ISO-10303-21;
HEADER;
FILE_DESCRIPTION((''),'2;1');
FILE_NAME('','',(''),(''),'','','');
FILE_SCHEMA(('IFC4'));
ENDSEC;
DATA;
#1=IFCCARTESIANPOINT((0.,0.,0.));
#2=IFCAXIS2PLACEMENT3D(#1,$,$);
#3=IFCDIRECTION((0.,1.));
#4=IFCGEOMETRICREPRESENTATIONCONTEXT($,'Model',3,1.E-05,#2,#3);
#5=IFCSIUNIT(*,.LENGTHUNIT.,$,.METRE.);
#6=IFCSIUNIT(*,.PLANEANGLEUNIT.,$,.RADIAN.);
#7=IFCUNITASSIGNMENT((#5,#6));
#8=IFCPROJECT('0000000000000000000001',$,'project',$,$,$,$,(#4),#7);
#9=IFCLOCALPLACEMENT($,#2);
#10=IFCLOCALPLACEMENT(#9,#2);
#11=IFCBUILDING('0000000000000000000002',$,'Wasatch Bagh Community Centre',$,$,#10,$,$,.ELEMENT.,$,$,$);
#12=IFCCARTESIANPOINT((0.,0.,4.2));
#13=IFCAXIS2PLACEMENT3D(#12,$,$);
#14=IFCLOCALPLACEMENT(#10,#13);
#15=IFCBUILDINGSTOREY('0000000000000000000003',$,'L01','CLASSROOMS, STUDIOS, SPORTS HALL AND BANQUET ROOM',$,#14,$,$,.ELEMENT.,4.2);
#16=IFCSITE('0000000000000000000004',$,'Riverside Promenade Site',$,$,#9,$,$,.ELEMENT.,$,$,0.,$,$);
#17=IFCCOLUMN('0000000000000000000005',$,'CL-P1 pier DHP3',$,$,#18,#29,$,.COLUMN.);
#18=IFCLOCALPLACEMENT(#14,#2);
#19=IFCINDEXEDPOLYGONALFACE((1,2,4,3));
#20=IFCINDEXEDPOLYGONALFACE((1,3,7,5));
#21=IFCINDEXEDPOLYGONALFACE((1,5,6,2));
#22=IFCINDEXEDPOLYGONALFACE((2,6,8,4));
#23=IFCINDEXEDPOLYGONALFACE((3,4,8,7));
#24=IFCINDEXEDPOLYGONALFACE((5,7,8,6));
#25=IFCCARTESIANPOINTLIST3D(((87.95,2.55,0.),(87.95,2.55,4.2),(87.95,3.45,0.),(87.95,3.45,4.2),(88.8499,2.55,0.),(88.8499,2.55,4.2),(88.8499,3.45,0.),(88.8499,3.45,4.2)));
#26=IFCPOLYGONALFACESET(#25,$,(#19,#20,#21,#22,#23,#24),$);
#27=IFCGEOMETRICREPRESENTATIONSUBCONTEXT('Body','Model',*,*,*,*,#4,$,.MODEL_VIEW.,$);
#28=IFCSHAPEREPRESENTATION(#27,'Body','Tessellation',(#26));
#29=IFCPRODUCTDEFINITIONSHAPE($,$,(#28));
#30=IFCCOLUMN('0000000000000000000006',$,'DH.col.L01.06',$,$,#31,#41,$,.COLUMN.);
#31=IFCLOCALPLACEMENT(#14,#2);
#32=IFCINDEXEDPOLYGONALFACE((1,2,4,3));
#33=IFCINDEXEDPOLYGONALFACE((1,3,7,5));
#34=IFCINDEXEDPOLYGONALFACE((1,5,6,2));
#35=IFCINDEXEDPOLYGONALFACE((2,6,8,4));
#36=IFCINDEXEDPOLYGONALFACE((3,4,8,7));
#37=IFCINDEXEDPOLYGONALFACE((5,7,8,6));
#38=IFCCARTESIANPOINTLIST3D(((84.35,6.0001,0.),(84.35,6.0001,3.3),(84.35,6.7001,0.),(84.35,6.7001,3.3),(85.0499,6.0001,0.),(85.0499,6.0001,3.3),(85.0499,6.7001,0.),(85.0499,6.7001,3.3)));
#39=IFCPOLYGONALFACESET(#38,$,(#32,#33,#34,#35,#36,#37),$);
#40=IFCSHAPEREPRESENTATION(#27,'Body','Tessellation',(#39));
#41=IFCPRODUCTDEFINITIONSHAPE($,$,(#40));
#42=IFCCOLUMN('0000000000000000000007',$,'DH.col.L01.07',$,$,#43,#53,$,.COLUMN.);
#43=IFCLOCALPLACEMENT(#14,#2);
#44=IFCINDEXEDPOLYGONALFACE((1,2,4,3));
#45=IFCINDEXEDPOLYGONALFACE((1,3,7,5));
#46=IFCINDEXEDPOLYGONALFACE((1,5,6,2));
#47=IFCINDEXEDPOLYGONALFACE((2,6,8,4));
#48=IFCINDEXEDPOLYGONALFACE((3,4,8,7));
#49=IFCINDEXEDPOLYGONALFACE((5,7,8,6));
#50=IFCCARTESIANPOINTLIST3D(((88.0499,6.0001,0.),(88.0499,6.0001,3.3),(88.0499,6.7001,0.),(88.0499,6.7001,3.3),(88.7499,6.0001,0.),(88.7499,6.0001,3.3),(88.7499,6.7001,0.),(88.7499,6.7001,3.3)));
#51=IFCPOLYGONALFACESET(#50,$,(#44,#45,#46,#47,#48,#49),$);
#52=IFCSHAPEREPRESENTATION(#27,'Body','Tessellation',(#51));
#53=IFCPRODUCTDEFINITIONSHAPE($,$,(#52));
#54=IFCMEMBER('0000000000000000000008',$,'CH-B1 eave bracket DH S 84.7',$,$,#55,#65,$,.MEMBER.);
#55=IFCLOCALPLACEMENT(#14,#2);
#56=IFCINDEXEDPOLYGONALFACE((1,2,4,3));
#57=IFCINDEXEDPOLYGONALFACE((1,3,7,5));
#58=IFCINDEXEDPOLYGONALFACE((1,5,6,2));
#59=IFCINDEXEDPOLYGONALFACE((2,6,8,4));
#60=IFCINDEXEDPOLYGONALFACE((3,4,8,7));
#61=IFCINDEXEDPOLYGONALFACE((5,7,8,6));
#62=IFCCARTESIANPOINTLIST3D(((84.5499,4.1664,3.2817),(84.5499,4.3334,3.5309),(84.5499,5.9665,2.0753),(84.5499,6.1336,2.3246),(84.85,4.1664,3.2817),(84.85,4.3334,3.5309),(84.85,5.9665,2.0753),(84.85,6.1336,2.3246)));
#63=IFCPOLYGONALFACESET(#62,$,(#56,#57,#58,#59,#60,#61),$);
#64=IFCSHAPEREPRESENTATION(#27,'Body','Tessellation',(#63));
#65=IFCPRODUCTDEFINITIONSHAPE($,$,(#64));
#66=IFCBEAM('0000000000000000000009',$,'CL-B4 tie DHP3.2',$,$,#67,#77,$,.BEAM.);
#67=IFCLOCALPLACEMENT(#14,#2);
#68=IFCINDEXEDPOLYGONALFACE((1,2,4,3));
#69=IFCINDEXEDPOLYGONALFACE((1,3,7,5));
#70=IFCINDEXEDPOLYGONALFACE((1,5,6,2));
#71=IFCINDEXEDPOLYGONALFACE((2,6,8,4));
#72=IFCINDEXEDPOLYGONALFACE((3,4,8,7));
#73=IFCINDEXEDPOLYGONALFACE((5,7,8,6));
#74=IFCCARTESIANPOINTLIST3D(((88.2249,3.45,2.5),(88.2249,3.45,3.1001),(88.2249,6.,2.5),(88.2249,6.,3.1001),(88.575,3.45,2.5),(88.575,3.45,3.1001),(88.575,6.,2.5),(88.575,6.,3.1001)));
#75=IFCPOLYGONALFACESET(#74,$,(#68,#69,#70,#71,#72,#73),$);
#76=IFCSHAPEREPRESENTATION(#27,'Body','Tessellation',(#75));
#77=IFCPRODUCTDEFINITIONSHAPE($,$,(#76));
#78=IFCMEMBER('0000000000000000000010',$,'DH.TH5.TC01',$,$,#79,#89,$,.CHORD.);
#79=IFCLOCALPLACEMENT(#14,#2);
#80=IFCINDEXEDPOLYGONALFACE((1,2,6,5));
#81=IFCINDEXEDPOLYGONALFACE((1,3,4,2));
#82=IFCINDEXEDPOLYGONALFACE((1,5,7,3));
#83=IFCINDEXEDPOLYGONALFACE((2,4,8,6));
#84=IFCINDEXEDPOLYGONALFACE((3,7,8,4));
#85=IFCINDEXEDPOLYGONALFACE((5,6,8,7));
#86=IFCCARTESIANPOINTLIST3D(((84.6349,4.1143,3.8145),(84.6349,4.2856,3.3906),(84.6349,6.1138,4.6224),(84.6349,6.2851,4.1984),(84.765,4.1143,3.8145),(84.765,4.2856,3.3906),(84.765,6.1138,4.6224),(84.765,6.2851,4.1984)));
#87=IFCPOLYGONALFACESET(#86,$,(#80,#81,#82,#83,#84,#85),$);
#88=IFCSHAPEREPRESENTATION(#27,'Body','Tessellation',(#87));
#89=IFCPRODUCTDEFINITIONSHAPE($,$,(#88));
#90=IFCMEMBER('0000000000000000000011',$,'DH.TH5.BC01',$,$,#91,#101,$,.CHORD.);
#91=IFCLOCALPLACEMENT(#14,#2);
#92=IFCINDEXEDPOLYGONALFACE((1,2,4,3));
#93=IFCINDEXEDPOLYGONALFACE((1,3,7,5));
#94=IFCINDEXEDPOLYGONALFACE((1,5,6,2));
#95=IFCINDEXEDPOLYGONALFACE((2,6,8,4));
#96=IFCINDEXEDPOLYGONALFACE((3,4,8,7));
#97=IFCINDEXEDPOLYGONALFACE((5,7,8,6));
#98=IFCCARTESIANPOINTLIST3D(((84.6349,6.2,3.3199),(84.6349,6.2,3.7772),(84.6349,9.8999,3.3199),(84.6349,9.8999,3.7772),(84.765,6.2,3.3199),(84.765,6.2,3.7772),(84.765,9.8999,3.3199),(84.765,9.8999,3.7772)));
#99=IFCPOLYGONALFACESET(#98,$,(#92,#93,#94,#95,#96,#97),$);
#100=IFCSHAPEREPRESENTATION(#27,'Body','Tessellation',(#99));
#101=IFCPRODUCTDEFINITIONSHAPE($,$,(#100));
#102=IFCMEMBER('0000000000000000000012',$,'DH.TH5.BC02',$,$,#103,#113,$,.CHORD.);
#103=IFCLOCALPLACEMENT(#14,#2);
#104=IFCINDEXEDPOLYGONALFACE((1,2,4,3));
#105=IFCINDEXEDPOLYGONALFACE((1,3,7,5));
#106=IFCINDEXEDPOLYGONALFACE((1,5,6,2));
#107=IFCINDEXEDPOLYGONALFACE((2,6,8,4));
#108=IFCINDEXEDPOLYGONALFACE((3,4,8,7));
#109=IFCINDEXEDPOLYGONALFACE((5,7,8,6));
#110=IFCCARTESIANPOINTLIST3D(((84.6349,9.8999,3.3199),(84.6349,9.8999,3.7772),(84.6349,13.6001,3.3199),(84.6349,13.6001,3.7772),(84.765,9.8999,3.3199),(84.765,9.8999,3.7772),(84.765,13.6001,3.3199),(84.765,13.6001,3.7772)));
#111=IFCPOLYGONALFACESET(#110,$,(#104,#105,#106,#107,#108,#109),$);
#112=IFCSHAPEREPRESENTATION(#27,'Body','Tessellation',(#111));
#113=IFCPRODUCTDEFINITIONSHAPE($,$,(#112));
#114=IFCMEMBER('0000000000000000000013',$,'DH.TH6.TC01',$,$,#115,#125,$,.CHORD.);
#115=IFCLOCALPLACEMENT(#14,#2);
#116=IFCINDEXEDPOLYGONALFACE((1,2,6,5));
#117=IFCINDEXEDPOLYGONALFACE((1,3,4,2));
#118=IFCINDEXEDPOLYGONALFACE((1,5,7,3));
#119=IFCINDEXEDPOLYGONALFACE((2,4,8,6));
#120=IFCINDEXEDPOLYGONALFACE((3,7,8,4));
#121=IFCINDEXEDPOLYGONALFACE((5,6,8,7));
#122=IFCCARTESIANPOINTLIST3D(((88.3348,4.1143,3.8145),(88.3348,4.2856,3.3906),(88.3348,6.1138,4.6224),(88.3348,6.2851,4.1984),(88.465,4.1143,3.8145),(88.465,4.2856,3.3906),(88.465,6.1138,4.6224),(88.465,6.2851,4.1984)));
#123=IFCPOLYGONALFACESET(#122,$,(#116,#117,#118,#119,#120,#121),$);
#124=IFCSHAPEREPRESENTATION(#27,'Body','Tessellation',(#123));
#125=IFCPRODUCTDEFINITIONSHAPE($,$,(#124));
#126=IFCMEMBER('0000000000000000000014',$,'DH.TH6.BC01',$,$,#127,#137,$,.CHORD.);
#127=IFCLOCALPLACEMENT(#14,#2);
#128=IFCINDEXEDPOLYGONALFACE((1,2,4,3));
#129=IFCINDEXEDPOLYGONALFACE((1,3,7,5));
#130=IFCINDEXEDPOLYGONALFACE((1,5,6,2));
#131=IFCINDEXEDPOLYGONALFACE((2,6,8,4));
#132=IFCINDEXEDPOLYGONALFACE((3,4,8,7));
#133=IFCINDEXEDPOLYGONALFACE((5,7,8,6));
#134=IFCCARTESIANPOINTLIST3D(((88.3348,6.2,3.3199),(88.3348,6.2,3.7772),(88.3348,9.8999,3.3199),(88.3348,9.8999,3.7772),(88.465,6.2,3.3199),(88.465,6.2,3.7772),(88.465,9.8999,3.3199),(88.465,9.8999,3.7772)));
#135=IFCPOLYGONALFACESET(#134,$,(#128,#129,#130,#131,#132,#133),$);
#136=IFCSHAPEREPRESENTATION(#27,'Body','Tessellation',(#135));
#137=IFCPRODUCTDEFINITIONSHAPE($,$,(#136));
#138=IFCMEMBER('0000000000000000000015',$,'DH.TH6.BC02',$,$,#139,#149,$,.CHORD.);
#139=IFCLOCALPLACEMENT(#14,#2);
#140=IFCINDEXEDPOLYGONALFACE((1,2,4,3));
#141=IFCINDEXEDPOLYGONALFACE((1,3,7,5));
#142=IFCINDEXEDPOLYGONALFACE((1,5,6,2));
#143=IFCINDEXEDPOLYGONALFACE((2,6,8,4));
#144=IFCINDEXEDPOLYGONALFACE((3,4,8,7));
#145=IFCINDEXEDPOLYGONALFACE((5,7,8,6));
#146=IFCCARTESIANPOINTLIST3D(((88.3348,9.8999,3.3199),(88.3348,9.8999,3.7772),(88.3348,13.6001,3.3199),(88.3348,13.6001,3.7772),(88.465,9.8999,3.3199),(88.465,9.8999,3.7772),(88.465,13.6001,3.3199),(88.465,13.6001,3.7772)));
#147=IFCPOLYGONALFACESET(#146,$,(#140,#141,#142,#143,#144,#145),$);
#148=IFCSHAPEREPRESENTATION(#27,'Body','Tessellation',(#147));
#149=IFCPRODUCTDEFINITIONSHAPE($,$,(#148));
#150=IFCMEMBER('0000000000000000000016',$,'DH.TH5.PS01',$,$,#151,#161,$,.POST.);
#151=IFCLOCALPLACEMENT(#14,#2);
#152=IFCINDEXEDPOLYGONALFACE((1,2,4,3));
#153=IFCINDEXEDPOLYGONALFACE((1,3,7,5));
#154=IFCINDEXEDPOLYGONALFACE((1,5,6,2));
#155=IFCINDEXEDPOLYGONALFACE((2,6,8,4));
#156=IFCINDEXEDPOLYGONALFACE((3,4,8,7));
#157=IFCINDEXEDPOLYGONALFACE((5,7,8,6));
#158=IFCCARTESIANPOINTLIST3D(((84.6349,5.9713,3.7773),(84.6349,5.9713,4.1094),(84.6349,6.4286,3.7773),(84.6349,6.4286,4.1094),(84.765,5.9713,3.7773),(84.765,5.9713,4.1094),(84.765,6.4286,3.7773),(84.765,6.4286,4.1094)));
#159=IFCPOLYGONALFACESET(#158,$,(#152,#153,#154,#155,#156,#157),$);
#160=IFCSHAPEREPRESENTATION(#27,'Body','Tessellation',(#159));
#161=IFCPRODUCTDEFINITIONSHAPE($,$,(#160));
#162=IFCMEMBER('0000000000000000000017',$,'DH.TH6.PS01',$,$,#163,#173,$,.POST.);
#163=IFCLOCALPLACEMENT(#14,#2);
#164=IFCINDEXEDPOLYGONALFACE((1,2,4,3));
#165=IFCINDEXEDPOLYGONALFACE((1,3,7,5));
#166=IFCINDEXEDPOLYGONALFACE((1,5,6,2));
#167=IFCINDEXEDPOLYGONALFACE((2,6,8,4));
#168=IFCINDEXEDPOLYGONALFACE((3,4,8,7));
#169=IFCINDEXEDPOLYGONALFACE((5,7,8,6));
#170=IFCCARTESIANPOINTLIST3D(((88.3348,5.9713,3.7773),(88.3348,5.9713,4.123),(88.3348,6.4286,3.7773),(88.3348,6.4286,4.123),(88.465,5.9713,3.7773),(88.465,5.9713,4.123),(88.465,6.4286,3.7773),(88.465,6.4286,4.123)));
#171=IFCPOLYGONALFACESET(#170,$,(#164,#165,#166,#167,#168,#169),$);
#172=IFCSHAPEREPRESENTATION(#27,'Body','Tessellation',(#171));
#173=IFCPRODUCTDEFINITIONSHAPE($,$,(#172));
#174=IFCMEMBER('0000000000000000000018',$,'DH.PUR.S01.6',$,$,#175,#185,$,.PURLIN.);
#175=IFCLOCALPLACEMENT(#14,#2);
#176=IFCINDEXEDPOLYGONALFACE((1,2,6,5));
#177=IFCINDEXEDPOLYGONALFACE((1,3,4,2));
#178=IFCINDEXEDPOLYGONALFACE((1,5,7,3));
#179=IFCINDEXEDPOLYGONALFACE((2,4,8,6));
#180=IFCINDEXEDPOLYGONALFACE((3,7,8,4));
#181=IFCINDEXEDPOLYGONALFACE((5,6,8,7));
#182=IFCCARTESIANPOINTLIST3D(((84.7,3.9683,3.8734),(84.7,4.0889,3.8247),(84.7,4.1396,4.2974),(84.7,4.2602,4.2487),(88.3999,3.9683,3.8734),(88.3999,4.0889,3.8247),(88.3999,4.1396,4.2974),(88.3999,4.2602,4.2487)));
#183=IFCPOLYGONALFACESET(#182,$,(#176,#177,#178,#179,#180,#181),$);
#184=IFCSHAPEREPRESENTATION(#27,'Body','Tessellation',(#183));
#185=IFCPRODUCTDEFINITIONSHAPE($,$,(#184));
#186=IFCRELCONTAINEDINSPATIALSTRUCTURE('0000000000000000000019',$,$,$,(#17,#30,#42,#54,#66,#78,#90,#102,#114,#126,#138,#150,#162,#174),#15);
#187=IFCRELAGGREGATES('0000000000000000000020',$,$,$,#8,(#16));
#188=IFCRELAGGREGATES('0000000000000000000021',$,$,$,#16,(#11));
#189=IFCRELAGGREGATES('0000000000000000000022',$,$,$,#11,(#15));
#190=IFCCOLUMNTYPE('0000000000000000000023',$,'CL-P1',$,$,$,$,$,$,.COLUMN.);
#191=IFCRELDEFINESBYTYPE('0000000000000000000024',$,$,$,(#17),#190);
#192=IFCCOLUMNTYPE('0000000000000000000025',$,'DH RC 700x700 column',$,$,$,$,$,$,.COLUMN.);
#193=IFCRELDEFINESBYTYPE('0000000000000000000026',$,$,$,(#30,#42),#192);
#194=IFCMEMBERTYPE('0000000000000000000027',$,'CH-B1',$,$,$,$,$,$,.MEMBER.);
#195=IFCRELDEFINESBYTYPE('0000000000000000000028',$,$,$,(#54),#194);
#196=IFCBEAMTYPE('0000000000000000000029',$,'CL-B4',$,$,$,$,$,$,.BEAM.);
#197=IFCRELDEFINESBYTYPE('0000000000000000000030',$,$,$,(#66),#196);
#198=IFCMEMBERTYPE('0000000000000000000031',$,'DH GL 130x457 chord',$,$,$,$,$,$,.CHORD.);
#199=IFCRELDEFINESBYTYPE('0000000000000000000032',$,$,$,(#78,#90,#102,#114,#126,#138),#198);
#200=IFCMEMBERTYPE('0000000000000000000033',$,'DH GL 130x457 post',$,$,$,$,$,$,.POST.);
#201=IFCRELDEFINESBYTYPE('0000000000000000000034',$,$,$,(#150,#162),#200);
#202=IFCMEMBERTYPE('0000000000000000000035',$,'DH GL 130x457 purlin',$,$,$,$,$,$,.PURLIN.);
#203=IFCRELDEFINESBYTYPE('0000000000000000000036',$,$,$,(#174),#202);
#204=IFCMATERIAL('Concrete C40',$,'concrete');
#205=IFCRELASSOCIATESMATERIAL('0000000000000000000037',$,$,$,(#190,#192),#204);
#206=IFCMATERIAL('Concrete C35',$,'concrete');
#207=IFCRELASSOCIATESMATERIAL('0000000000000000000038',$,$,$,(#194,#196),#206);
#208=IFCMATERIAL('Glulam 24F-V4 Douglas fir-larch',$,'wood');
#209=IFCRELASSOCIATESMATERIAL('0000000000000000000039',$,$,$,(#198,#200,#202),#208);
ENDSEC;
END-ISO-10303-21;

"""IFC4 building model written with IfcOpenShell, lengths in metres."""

from ifc_helpers import new_model, si_unit, direction, frame, origin, origin_2d, place, context, subcontext, project, spatial, rectangle, extrude, material, material_profile, profile_set, type_object, element, save


model = new_model("IFC4")

# Units and contexts
model_context = context("Model", 3, precision=1e-05, world=origin(), true_north=direction((0.0, 1.0)))
body_context = subcontext(model_context, "Body", "Model", "MODEL_VIEW")
ifc_project = project(units=[si_unit("LENGTHUNIT", "METRE"), si_unit("PLANEANGLEUNIT", "RADIAN")], contexts=[model_context])

# Site, building, storey
site_placement = place(None, origin())
site = spatial("IfcSite", under=ifc_project, at=site_placement, Name="Riverside Promenade Site", CompositionType="ELEMENT", RefElevation=0.0)
building_placement = place(site_placement, origin())
building = spatial("IfcBuilding", under=site, at=building_placement, Name="Wasatch Bagh Community Centre", CompositionType="ELEMENT")
storey_placement = place(building_placement, frame((0.0, 0.0, 4.2)))
storey = spatial("IfcBuildingStorey", under=building, at=storey_placement, Name="L01", Description="CLASSROOMS, STUDIOS, SPORTS HALL AND BANQUET ROOM", CompositionType="ELEMENT", Elevation=4.2)

# Columns
ifc_material_1 = material(Name="Concrete C40", Category="concrete")
ifc_material_profile_1 = material_profile(ifc_material_1, rectangle(XDim=0.8999, YDim=0.8999, at=origin_2d()), Name="RC 900x900")
ifc_profile_set_1 = profile_set([ifc_material_profile_1], Name="Concrete C40")
column_type_1 = type_object("IfcColumnType", Name="CL-P1", PredefinedType="COLUMN", material=ifc_profile_set_1)
column_placement = place(storey_placement, frame((88.3999, 3.0, 0.0), z_axis=(0.0, 0.0, 1.0), x_axis=(1.0, 0.0, 0.0)))
element("IfcColumn", 1, at=column_placement, inside=storey, type_object=column_type_1, Name="CL-P1 pier DHP3", PredefinedType="COLUMN", context=body_context, shape_type="SweptSolid", body=[
    extrude(rectangle(XDim=0.8999, YDim=0.8999, at=origin_2d()), origin(), (0.0, 0.0, 1.0), 4.2),
])
ifc_material_profile_2 = material_profile(ifc_material_1, rectangle(XDim=0.7, YDim=0.7, at=origin_2d()), Name="RC 700x700")
ifc_profile_set_2 = profile_set([ifc_material_profile_2], Name="Concrete C40")
column_type_2 = type_object("IfcColumnType", Name="DH RC 700x700 column", PredefinedType="COLUMN", material=ifc_profile_set_2)
for number, where, z_axis, x_axis, name in (
    (2, (84.7, 6.3501, 0.0), (0.0, 0.0, 1.0), (1.0, 0.0, 0.0), "DH.col.L01.06"),
    (3, (88.3999, 6.3501, 0.0), (0.0, 0.0, 1.0), (1.0, 0.0, 0.0), "DH.col.L01.07"),
):
    element("IfcColumn", number, at=place(storey_placement, frame(where, z_axis=z_axis, x_axis=x_axis)), inside=storey, type_object=column_type_2, Name=name, PredefinedType="COLUMN", context=body_context, shape_type="SweptSolid", body=[
        extrude(rectangle(XDim=0.7, YDim=0.7, at=origin_2d()), origin(), (0.0, 0.0, 1.0), 3.3),
    ])

# Member
ifc_material_2 = material(Name="Concrete C35", Category="concrete")
ifc_material_profile_3 = material_profile(ifc_material_2, rectangle(XDim=0.3, YDim=0.3, at=origin_2d()), Name="RC 300x300")
ifc_profile_set_3 = profile_set([ifc_material_profile_3], Name="Concrete C35")
member_type_1 = type_object("IfcMemberType", Name="CH-B1", PredefinedType="MEMBER", material=ifc_profile_set_3)
member_1_placement = place(storey_placement, frame((84.7, 6.05, 2.2), z_axis=(0.0, -0.830713, 0.556701), x_axis=(1.0, 0.0, 0.0)))
element("IfcMember", 4, at=member_1_placement, inside=storey, type_object=member_type_1, Name="CH-B1 eave bracket DH S 84.7", PredefinedType="MEMBER", context=body_context, shape_type="SweptSolid", body=[
    extrude(rectangle(XDim=0.3, YDim=0.3, at=origin_2d()), origin(), (0.0, 0.0, 1.0), 2.167),
])

# Beam
ifc_material_profile_4 = material_profile(ifc_material_2, rectangle(XDim=0.3501, YDim=0.6001, at=origin_2d()), Name="RC 350x600")
ifc_profile_set_4 = profile_set([ifc_material_profile_4], Name="Concrete C35")
beam_type = type_object("IfcBeamType", Name="CL-B4", PredefinedType="BEAM", material=ifc_profile_set_4)
beam_placement = place(storey_placement, frame((88.3999, 6.0, 2.8), z_axis=(0.0, -1.0, 0.0), x_axis=(1.0, 0.0, 0.0)))
element("IfcBeam", 5, at=beam_placement, inside=storey, type_object=beam_type, Name="CL-B4 tie DHP3.2", PredefinedType="BEAM", context=body_context, shape_type="SweptSolid", body=[
    extrude(rectangle(XDim=0.3501, YDim=0.6001, at=origin_2d()), origin(), (0.0, 0.0, 1.0), 2.55),
])

# Members
ifc_material_3 = material(Name="Glulam 24F-V4 Douglas fir-larch", Category="wood")
ifc_material_profile_5 = material_profile(ifc_material_3, rectangle(XDim=0.1301, YDim=0.4573, at=origin_2d()), Name="GL 130x457")
ifc_profile_set_5 = profile_set([ifc_material_profile_5], Name="Glulam 24F-V4 Douglas fir-larch")
member_type_2 = type_object("IfcMemberType", Name="DH GL 130x457 chord", PredefinedType="CHORD", material=ifc_profile_set_5)
member_2_placement = place(storey_placement, frame((84.7, 4.2, 3.6025), z_axis=(0.0, 0.927183, 0.374609), x_axis=(-1.0, 0.0, 0.0)))
element("IfcMember", 6, at=member_2_placement, inside=storey, type_object=member_type_2, Name="DH.TH5.TC01", PredefinedType="CHORD", context=body_context, shape_type="SweptSolid", body=[
    extrude(rectangle(XDim=0.1301, YDim=0.4573, at=origin_2d()), origin(), (0.0, 0.0, 1.0), 2.1565),
])
member_3_placement = place(storey_placement, frame((84.7, 6.2, 3.5486), z_axis=(0.0, 1.0, 0.0), x_axis=(-1.0, 0.0, 0.0)))
element("IfcMember", 7, at=member_3_placement, inside=storey, type_object=member_type_2, Name="DH.TH5.BC01", PredefinedType="CHORD", context=body_context, shape_type="SweptSolid", body=[
    extrude(rectangle(XDim=0.1301, YDim=0.4573, at=origin_2d()), origin(), (0.0, 0.0, 1.0), 3.7),
])
member_4_placement = place(storey_placement, frame((84.7, 9.8999, 3.5486), z_axis=(0.0, 1.0, 0.0), x_axis=(-1.0, 0.0, 0.0)))
element("IfcMember", 8, at=member_4_placement, inside=storey, type_object=member_type_2, Name="DH.TH5.BC02", PredefinedType="CHORD", context=body_context, shape_type="SweptSolid", body=[
    extrude(rectangle(XDim=0.1301, YDim=0.4573, at=origin_2d()), origin(), (0.0, 0.0, 1.0), 3.7002),
])
member_5_placement = place(storey_placement, frame((88.3999, 4.2, 3.6025), z_axis=(0.0, 0.927183, 0.374609), x_axis=(-1.0, 0.0, 0.0)))
element("IfcMember", 9, at=member_5_placement, inside=storey, type_object=member_type_2, Name="DH.TH6.TC01", PredefinedType="CHORD", context=body_context, shape_type="SweptSolid", body=[
    extrude(rectangle(XDim=0.1301, YDim=0.4573, at=origin_2d()), origin(), (0.0, 0.0, 1.0), 2.1565),
])
member_6_placement = place(storey_placement, frame((88.3999, 6.2, 3.5486), z_axis=(0.0, 1.0, 0.0), x_axis=(-1.0, 0.0, 0.0)))
element("IfcMember", 10, at=member_6_placement, inside=storey, type_object=member_type_2, Name="DH.TH6.BC01", PredefinedType="CHORD", context=body_context, shape_type="SweptSolid", body=[
    extrude(rectangle(XDim=0.1301, YDim=0.4573, at=origin_2d()), origin(), (0.0, 0.0, 1.0), 3.7),
])
member_7_placement = place(storey_placement, frame((88.3999, 9.8999, 3.5486), z_axis=(0.0, 1.0, 0.0), x_axis=(-1.0, 0.0, 0.0)))
element("IfcMember", 11, at=member_7_placement, inside=storey, type_object=member_type_2, Name="DH.TH6.BC02", PredefinedType="CHORD", context=body_context, shape_type="SweptSolid", body=[
    extrude(rectangle(XDim=0.1301, YDim=0.4573, at=origin_2d()), origin(), (0.0, 0.0, 1.0), 3.7002),
])
ifc_material_profile_6 = material_profile(ifc_material_3, rectangle(XDim=0.1301, YDim=0.4573, at=origin_2d()), Name="GL 130x457")
ifc_profile_set_6 = profile_set([ifc_material_profile_6], Name="Glulam 24F-V4 Douglas fir-larch")
member_type_3 = type_object("IfcMemberType", Name="DH GL 130x457 post", PredefinedType="POST", material=ifc_profile_set_6)
member_8_placement = place(storey_placement, frame((84.7, 6.2, 3.7773), z_axis=(0.0, 0.0, 1.0), x_axis=(1.0, 0.0, 0.0)))
element("IfcMember", 12, at=member_8_placement, inside=storey, type_object=member_type_3, Name="DH.TH5.PS01", PredefinedType="POST", context=body_context, shape_type="SweptSolid", body=[
    extrude(rectangle(XDim=0.1301, YDim=0.4573, at=origin_2d()), origin(), (0.0, 0.0, 1.0), 0.332),
])
member_9_placement = place(storey_placement, frame((88.3999, 6.2, 3.7773), z_axis=(0.0, 0.0, 1.0), x_axis=(1.0, 0.0, 0.0)))
element("IfcMember", 13, at=member_9_placement, inside=storey, type_object=member_type_3, Name="DH.TH6.PS01", PredefinedType="POST", context=body_context, shape_type="SweptSolid", body=[
    extrude(rectangle(XDim=0.1301, YDim=0.4573, at=origin_2d()), origin(), (0.0, 0.0, 1.0), 0.3457),
])
ifc_material_profile_7 = material_profile(ifc_material_3, rectangle(XDim=0.1301, YDim=0.4573, at=origin_2d()), Name="GL 130x457")
ifc_profile_set_7 = profile_set([ifc_material_profile_7], Name="Glulam 24F-V4 Douglas fir-larch")
member_type_4 = type_object("IfcMemberType", Name="DH GL 130x457 purlin", PredefinedType="PURLIN", material=ifc_profile_set_7)
member_10_placement = place(storey_placement, frame((84.7, 4.1143, 4.061), z_axis=(1.0, 0.0, 0.0), x_axis=(0.0, 0.927184, -0.374607)))
element("IfcMember", 14, at=member_10_placement, inside=storey, type_object=member_type_4, Name="DH.PUR.S01.6", PredefinedType="PURLIN", context=body_context, shape_type="SweptSolid", body=[
    extrude(rectangle(XDim=0.1301, YDim=0.4573, at=origin_2d()), origin(), (0.0, 0.0, 1.0), 3.7),
])

save(model, "model.ifc")
